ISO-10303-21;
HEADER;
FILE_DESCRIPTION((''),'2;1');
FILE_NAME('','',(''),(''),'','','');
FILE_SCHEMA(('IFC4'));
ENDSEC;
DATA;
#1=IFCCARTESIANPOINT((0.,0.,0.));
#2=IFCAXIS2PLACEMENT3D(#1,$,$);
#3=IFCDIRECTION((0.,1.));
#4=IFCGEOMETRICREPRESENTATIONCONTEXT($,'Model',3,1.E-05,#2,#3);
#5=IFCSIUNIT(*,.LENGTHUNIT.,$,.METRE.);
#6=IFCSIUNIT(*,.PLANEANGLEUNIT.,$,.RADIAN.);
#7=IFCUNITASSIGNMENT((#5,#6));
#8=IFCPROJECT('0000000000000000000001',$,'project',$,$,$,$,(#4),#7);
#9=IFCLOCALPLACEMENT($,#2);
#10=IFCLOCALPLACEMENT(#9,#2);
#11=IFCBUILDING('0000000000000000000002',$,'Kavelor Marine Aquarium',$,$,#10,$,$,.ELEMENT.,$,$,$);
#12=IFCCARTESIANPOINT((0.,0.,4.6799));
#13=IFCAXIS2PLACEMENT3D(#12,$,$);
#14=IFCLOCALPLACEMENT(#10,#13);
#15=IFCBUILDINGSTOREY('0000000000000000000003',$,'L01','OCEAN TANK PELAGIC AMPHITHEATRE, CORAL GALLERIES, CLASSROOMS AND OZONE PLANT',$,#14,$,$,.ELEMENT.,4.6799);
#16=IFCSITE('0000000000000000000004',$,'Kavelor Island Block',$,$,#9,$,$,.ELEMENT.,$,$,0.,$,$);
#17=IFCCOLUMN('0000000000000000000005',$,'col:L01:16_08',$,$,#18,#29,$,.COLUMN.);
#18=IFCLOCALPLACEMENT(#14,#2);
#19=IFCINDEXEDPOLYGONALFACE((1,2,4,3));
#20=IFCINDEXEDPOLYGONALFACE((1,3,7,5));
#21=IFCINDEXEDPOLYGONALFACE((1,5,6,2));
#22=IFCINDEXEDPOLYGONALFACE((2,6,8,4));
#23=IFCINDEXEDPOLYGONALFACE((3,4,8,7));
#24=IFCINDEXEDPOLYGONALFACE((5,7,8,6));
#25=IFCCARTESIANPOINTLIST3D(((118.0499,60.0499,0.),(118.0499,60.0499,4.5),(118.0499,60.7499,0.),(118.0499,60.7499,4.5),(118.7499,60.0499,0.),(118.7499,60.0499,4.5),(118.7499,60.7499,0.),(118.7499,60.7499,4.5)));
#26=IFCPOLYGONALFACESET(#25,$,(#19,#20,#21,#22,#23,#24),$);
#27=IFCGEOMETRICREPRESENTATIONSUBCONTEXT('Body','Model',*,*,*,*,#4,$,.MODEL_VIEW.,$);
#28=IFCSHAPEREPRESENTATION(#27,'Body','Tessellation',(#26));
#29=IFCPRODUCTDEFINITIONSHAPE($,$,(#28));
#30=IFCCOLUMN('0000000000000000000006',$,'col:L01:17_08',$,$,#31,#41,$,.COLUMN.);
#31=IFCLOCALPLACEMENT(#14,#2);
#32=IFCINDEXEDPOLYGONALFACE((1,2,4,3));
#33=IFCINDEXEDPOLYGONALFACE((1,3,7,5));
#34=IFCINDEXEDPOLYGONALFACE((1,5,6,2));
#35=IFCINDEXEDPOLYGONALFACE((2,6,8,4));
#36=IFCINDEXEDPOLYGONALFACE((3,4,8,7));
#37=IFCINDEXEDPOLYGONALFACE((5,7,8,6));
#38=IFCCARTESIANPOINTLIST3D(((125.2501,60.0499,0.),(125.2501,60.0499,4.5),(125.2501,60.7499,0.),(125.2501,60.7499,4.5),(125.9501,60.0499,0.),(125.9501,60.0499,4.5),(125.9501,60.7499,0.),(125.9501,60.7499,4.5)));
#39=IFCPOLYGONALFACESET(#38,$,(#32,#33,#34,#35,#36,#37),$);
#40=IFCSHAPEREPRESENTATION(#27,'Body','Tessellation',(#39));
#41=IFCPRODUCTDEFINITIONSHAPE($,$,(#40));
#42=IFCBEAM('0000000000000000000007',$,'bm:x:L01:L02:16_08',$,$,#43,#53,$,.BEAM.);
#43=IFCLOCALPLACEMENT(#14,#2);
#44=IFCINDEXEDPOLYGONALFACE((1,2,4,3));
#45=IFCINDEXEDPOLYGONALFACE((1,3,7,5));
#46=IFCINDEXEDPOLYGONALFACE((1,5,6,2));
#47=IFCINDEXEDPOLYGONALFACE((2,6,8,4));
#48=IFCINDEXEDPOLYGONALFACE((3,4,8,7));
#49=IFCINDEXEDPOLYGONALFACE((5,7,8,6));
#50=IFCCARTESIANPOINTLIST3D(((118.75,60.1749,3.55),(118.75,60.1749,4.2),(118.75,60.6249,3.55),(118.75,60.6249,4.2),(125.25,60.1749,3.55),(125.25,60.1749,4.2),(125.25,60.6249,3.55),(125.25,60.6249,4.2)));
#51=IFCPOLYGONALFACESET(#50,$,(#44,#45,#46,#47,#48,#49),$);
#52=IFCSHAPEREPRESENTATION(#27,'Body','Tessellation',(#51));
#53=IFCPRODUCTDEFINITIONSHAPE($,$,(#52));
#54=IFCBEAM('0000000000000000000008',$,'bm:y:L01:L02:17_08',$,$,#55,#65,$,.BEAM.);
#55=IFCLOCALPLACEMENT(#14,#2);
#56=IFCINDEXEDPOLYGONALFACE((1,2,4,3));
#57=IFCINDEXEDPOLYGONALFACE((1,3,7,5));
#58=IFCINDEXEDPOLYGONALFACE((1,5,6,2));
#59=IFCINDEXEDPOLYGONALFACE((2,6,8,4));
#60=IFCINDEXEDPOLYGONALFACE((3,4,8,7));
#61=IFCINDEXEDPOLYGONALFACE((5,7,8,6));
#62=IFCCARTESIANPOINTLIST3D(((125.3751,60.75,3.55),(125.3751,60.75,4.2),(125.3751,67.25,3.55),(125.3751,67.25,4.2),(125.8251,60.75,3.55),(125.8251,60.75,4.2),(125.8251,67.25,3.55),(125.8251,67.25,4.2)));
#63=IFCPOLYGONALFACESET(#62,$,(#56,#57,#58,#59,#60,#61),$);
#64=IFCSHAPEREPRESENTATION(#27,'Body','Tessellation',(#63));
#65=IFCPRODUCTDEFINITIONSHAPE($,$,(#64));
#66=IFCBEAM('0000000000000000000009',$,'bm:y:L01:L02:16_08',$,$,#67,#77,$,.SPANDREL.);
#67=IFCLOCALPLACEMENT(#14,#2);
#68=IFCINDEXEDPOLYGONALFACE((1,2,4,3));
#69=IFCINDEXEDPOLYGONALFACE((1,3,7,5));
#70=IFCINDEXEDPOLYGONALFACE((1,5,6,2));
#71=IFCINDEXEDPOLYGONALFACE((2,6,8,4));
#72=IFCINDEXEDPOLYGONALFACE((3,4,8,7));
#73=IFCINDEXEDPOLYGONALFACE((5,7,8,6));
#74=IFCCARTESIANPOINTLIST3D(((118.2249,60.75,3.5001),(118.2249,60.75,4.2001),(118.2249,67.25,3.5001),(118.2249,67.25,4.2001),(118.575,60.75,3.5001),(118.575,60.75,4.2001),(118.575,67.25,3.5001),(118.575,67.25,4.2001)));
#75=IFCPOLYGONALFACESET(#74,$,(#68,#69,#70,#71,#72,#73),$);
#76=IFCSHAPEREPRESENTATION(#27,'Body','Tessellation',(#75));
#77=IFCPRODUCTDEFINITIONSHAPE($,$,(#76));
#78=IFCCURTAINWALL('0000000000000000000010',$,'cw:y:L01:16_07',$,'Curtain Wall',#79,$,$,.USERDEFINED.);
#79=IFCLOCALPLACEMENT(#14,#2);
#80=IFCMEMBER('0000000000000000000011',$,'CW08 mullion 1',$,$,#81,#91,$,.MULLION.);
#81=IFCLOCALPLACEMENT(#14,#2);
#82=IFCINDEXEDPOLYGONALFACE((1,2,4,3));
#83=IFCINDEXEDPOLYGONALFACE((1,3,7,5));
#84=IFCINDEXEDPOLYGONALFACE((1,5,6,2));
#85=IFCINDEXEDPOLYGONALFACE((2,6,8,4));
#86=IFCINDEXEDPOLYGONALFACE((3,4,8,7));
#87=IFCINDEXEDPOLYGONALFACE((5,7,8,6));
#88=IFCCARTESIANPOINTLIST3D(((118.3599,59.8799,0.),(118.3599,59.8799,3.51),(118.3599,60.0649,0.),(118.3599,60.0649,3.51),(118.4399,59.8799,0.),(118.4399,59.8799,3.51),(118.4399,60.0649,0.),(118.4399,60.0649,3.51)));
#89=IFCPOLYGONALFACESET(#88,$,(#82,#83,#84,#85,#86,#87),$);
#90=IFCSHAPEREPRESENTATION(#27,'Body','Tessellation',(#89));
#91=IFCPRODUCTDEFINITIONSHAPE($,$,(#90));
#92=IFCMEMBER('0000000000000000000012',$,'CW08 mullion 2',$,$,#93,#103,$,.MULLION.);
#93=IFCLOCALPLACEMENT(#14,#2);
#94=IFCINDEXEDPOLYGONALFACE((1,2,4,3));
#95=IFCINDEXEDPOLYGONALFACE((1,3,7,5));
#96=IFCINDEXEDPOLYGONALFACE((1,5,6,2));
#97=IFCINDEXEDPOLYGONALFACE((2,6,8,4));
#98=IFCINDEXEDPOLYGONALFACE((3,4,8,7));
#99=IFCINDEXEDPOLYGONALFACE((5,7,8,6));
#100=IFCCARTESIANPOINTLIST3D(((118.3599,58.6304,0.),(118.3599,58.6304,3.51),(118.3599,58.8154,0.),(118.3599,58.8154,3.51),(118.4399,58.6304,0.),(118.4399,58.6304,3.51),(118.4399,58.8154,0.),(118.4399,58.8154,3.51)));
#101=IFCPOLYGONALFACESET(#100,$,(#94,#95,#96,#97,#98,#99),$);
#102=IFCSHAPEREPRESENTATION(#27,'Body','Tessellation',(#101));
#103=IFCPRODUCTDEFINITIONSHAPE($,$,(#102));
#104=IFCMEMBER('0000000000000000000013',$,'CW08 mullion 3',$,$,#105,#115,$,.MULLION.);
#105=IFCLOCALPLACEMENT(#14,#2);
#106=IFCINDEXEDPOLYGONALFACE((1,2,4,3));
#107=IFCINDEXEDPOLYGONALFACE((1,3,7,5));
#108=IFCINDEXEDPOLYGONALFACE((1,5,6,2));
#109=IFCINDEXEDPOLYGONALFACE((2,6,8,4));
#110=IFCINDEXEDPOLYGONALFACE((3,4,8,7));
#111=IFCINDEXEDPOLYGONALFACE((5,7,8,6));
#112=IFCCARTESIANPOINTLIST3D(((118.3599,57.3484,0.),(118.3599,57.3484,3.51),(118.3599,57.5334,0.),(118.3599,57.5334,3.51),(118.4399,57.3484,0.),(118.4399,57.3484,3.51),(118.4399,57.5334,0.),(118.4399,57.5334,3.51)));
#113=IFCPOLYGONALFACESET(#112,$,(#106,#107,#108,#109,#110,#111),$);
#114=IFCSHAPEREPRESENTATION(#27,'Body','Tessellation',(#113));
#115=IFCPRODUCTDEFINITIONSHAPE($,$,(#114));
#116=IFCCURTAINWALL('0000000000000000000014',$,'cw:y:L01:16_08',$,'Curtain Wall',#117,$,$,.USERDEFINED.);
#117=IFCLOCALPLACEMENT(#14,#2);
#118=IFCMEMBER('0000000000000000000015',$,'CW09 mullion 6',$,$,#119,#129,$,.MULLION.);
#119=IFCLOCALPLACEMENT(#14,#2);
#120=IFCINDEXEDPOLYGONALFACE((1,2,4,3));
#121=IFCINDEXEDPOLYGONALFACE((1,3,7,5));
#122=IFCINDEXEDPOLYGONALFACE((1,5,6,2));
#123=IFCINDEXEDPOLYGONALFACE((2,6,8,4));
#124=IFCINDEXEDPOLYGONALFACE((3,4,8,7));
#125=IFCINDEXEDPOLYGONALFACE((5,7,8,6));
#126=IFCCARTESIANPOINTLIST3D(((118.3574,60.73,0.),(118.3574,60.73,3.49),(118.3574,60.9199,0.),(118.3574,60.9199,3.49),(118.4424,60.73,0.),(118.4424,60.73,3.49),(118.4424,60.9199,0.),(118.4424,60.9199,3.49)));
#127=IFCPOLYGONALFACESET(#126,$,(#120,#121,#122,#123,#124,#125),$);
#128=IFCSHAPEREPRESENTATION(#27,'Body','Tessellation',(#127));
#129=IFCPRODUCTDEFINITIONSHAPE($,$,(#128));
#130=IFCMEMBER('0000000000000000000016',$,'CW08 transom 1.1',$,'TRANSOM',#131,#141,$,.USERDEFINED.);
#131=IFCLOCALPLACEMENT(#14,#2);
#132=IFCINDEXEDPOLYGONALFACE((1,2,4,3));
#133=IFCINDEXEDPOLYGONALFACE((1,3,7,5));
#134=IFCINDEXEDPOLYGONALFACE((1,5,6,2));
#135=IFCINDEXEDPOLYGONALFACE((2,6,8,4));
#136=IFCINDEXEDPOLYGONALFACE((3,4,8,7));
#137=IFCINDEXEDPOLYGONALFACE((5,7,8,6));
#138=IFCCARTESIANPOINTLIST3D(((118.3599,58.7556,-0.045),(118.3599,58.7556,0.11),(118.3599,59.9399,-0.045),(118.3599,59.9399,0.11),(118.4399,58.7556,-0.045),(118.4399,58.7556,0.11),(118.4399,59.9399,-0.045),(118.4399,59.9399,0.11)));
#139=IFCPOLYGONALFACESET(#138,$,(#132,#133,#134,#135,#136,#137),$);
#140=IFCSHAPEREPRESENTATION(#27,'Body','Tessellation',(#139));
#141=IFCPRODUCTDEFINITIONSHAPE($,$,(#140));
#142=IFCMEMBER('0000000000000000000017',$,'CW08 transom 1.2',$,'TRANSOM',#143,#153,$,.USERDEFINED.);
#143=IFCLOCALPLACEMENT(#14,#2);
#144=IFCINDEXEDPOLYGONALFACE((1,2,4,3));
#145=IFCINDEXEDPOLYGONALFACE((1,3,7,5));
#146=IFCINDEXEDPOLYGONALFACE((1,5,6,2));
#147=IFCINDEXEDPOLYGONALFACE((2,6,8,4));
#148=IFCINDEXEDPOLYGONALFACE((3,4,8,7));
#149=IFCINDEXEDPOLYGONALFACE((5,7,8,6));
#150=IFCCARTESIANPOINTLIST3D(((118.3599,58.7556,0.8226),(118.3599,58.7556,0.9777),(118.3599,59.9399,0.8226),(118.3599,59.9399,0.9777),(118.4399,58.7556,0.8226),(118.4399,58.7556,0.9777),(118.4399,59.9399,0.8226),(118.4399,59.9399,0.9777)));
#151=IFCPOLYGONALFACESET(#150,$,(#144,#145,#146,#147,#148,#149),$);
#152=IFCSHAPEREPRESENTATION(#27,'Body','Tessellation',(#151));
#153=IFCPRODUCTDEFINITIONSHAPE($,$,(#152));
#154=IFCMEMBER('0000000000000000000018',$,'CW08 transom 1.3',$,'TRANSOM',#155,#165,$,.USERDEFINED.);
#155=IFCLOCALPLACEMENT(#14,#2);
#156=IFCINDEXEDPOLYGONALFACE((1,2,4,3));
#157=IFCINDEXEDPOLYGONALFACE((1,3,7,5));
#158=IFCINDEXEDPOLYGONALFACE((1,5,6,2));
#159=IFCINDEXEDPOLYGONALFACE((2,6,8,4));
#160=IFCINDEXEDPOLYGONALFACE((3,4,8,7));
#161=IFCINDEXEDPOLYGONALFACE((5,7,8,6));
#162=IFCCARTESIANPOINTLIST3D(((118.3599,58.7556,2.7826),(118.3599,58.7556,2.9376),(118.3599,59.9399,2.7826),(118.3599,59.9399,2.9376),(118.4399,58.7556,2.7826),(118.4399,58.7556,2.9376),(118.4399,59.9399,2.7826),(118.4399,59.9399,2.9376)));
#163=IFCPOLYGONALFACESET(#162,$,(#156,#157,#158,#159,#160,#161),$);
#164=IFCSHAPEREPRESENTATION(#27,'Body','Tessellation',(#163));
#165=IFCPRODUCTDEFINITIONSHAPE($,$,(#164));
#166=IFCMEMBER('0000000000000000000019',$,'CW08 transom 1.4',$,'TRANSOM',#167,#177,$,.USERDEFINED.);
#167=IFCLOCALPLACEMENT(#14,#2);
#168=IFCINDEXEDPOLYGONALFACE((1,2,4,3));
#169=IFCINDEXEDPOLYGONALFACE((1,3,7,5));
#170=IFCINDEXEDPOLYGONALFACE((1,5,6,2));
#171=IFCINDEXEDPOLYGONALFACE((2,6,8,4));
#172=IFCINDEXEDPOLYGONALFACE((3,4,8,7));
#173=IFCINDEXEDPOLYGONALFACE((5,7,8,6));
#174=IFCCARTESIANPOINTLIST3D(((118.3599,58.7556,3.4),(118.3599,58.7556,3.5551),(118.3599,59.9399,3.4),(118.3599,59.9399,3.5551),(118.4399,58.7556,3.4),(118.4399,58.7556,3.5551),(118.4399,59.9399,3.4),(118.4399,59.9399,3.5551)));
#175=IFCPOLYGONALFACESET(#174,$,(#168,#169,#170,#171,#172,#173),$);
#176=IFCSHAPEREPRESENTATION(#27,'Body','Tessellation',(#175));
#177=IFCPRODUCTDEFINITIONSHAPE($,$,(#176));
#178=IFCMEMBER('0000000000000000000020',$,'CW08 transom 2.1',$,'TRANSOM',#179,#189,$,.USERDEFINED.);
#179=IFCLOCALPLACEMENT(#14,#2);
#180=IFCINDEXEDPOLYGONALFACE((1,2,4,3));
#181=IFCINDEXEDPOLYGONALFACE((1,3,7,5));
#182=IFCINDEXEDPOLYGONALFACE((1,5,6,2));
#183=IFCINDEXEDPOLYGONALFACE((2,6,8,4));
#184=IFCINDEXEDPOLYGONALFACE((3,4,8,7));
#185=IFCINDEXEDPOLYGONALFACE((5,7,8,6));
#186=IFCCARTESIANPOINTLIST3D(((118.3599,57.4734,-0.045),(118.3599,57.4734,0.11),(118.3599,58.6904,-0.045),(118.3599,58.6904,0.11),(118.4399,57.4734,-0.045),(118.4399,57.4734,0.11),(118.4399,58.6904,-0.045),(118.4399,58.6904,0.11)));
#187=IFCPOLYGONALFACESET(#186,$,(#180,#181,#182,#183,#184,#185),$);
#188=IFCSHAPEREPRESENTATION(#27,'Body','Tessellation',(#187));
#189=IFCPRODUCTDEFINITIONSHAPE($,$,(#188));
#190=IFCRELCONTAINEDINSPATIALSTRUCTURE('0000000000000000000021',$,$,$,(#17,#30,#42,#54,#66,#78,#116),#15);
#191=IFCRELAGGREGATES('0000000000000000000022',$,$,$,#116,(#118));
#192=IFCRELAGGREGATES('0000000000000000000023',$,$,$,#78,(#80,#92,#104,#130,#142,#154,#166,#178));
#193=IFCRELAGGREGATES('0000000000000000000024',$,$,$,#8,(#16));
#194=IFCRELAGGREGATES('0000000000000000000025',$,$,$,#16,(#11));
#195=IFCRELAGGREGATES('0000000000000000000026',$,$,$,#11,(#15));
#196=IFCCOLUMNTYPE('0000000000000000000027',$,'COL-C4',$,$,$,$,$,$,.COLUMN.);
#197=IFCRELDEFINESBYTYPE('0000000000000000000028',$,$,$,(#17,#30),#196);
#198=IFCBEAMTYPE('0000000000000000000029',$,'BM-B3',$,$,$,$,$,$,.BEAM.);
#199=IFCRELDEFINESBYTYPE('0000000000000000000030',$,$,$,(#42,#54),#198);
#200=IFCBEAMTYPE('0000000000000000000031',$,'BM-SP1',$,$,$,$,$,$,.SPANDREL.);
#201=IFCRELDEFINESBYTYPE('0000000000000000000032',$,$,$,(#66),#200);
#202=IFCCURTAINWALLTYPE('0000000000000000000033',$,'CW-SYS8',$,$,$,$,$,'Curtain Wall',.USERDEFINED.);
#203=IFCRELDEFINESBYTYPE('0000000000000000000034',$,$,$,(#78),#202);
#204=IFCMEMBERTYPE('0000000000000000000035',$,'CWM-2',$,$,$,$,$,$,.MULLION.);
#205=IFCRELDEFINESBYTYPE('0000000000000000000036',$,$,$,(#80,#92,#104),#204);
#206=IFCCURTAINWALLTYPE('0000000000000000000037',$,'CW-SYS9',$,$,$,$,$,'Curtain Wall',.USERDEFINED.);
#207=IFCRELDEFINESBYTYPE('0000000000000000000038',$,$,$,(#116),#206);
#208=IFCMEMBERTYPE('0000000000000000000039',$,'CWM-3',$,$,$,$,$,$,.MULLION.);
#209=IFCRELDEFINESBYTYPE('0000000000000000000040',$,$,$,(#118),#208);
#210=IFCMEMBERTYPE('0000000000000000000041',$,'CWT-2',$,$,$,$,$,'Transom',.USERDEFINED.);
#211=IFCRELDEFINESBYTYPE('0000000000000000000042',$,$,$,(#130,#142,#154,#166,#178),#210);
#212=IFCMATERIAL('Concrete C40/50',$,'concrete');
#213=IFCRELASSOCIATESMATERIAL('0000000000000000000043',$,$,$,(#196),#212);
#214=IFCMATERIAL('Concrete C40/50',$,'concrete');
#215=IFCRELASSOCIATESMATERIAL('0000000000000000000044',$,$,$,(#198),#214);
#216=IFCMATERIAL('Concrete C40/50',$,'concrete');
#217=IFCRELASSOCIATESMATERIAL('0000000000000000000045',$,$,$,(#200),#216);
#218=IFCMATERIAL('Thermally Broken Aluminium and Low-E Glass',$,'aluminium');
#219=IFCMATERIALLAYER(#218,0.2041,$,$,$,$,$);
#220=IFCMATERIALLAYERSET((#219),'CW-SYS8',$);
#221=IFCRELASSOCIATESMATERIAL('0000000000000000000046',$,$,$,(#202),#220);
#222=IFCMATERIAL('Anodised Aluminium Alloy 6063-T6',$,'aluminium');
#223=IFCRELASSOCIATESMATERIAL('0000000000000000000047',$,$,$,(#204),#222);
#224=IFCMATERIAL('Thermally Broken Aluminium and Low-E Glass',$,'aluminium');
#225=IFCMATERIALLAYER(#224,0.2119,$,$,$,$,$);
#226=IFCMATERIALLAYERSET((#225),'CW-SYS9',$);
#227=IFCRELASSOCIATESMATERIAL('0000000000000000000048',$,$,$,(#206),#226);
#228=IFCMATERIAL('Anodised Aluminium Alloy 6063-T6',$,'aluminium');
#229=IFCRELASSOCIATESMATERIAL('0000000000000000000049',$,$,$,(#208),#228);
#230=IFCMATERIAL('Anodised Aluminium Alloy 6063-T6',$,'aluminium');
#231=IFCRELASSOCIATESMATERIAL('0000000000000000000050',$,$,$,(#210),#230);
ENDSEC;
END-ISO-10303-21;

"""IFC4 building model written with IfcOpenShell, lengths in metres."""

from ifc_helpers import new_model, si_unit, direction, frame, origin, origin_2d, place, context, subcontext, project, spatial, rectangle, extrude, material, layer, layer_set, material_profile, profile_set, type_object, element, aggregate, save


model = new_model("IFC4")

# Units and contexts
model_context = context("Model", 3, precision=1e-05, world=origin(), true_north=direction((0.0, 1.0)))
body_context = subcontext(model_context, "Body", "Model", "MODEL_VIEW")
ifc_project = project(units=[si_unit("LENGTHUNIT", "METRE"), si_unit("PLANEANGLEUNIT", "RADIAN")], contexts=[model_context])

# Site, building, storey
site_placement = place(None, origin())
site = spatial("IfcSite", under=ifc_project, at=site_placement, Name="Kavelor Island Block", CompositionType="ELEMENT", RefElevation=0.0)
building_placement = place(site_placement, origin())
building = spatial("IfcBuilding", under=site, at=building_placement, Name="Kavelor Marine Aquarium", CompositionType="ELEMENT")
storey_placement = place(building_placement, frame((0.0, 0.0, 4.6799)))
storey = spatial("IfcBuildingStorey", under=building, at=storey_placement, Name="L01", Description="OCEAN TANK PELAGIC AMPHITHEATRE, CORAL GALLERIES, CLASSROOMS AND OZONE PLANT", CompositionType="ELEMENT", Elevation=4.6799)

# Columns
ifc_material_1 = material(Name="Concrete C40/50", Category="concrete")
ifc_material_profile_1 = material_profile(ifc_material_1, rectangle(XDim=0.7, YDim=0.7, at=origin_2d()), Name="RC-COL 700x700")
ifc_profile_set_1 = profile_set([ifc_material_profile_1], Name="Concrete C40/50")
column_type = type_object("IfcColumnType", Name="COL-C4", PredefinedType="COLUMN", material=ifc_profile_set_1)
for number, where, z_axis, x_axis, name in (
    (1, (118.3999, 60.3999, 0.0), (0.0, 0.0, 1.0), (1.0, 0.0, 0.0), "col:L01:16_08"),
    (2, (125.6001, 60.3999, 0.0), (0.0, 0.0, 1.0), (1.0, 0.0, 0.0), "col:L01:17_08"),
):
    element("IfcColumn", number, at=place(storey_placement, frame(where, z_axis=z_axis, x_axis=x_axis)), inside=storey, type_object=column_type, Name=name, PredefinedType="COLUMN", context=body_context, shape_type="SweptSolid", body=[
        extrude(rectangle(XDim=0.7, YDim=0.7, at=origin_2d()), origin(), (0.0, 0.0, 1.0), 4.5),
    ])

# Beams
ifc_material_2 = material(Name="Concrete C40/50", Category="concrete")
ifc_material_profile_2 = material_profile(ifc_material_2, rectangle(XDim=0.45, YDim=0.6499, at=origin_2d()), Name="RC-BM 450x650")
ifc_profile_set_2 = profile_set([ifc_material_profile_2], Name="Concrete C40/50")
beam_type_1 = type_object("IfcBeamType", Name="BM-B3", PredefinedType="BEAM", material=ifc_profile_set_2)
for number, where, z_axis, x_axis, name in (
    (3, (118.75, 60.3999, 3.875), (1.0, 0.0, 0.0), (0.0, 1.0, 0.0), "bm:x:L01:L02:16_08"),
    (4, (125.6001, 60.75, 3.875), (0.0, 1.0, 0.0), (-1.0, 0.0, 0.0), "bm:y:L01:L02:17_08"),
):
    element("IfcBeam", number, at=place(storey_placement, frame(where, z_axis=z_axis, x_axis=x_axis)), inside=storey, type_object=beam_type_1, Name=name, PredefinedType="BEAM", context=body_context, shape_type="SweptSolid", body=[
        extrude(rectangle(XDim=0.45, YDim=0.6499, at=origin_2d()), origin(), (0.0, 0.0, 1.0), 6.5),
    ])
ifc_material_3 = material(Name="Concrete C40/50", Category="concrete")
ifc_material_profile_3 = material_profile(ifc_material_3, rectangle(XDim=0.3501, YDim=0.7, at=origin_2d()), Name="RC-SP 350x700")
ifc_profile_set_3 = profile_set([ifc_material_profile_3], Name="Concrete C40/50")
beam_type_2 = type_object("IfcBeamType", Name="BM-SP1", PredefinedType="SPANDREL", material=ifc_profile_set_3)
beam_placement = place(storey_placement, frame((118.3999, 60.75, 3.8501), z_axis=(0.0, 1.0, 0.0), x_axis=(-1.0, 0.0, 0.0)))
element("IfcBeam", 5, at=beam_placement, inside=storey, type_object=beam_type_2, Name="bm:y:L01:L02:16_08", PredefinedType="SPANDREL", context=body_context, shape_type="SweptSolid", body=[
    extrude(rectangle(XDim=0.3501, YDim=0.7, at=origin_2d()), origin(), (0.0, 0.0, 1.0), 6.5),
])

# Curtain wall, members
ifc_material_4 = material(Name="Thermally Broken Aluminium and Low-E Glass", Category="aluminium")
ifc_layer_1 = layer(ifc_material_4, 0.2041)
ifc_layer_set_1 = layer_set([ifc_layer_1], Name="CW-SYS8")
curtain_wall_type_1 = type_object("IfcCurtainWallType", Name="CW-SYS8", ElementType="Curtain Wall", PredefinedType="USERDEFINED", material=ifc_layer_set_1)
curtain_wall_1_placement = place(storey_placement, origin())
curtain_wall_1 = element("IfcCurtainWall", 6, at=curtain_wall_1_placement, inside=storey, type_object=curtain_wall_type_1, Name="cw:y:L01:16_07", ObjectType="Curtain Wall", PredefinedType="USERDEFINED")
ifc_material_5 = material(Name="Anodised Aluminium Alloy 6063-T6", Category="aluminium")
ifc_material_profile_4 = material_profile(ifc_material_5, rectangle(XDim=0.0801, YDim=0.1851, at=origin_2d()), Name="CW-MUL 80x185")
ifc_profile_set_4 = profile_set([ifc_material_profile_4], Name="Anodised Aluminium Alloy 6063-T6")
member_type_1 = type_object("IfcMemberType", Name="CWM-2", PredefinedType="MULLION", material=ifc_profile_set_4)
member_1_placement = place(storey_placement, frame((118.3999, 59.9724, 0.0), z_axis=(0.0, 0.0, 1.0), x_axis=(1.0, 0.0, 0.0)))
member_1 = element("IfcMember", 7, at=member_1_placement, type_object=member_type_1, Name="CW08 mullion 1", PredefinedType="MULLION", context=body_context, shape_type="SweptSolid", body=[
    extrude(rectangle(XDim=0.0801, YDim=0.1851, at=origin_2d()), origin(), (0.0, 0.0, 1.0), 3.51),
])
member_2_placement = place(storey_placement, frame((118.3999, 58.7229, 0.0), z_axis=(0.0, 0.0, 1.0), x_axis=(1.0, 0.0, 0.0)))
member_2 = element("IfcMember", 8, at=member_2_placement, type_object=member_type_1, Name="CW08 mullion 2", PredefinedType="MULLION", context=body_context, shape_type="SweptSolid", body=[
    extrude(rectangle(XDim=0.0801, YDim=0.1851, at=origin_2d()), origin(), (0.0, 0.0, 1.0), 3.51),
])
member_3_placement = place(storey_placement, frame((118.3999, 57.4409, 0.0), z_axis=(0.0, 0.0, 1.0), x_axis=(1.0, 0.0, 0.0)))
member_3 = element("IfcMember", 9, at=member_3_placement, type_object=member_type_1, Name="CW08 mullion 3", PredefinedType="MULLION", context=body_context, shape_type="SweptSolid", body=[
    extrude(rectangle(XDim=0.0801, YDim=0.1851, at=origin_2d()), origin(), (0.0, 0.0, 1.0), 3.51),
])

# Curtain wall, member
ifc_material_6 = material(Name="Thermally Broken Aluminium and Low-E Glass", Category="aluminium")
ifc_layer_2 = layer(ifc_material_6, 0.2119)
ifc_layer_set_2 = layer_set([ifc_layer_2], Name="CW-SYS9")
curtain_wall_type_2 = type_object("IfcCurtainWallType", Name="CW-SYS9", ElementType="Curtain Wall", PredefinedType="USERDEFINED", material=ifc_layer_set_2)
curtain_wall_2_placement = place(storey_placement, origin())
curtain_wall_2 = element("IfcCurtainWall", 10, at=curtain_wall_2_placement, inside=storey, type_object=curtain_wall_type_2, Name="cw:y:L01:16_08", ObjectType="Curtain Wall", PredefinedType="USERDEFINED")
ifc_material_7 = material(Name="Anodised Aluminium Alloy 6063-T6", Category="aluminium")
ifc_material_profile_5 = material_profile(ifc_material_7, rectangle(XDim=0.085, YDim=0.1899, at=origin_2d()), Name="CW-MUL 85x190")
ifc_profile_set_5 = profile_set([ifc_material_profile_5], Name="Anodised Aluminium Alloy 6063-T6")
member_type_2 = type_object("IfcMemberType", Name="CWM-3", PredefinedType="MULLION", material=ifc_profile_set_5)
member_4_placement = place(storey_placement, frame((118.3999, 60.825, 0.0), z_axis=(0.0, 0.0, 1.0), x_axis=(1.0, 0.0, 0.0)))
member_4 = element("IfcMember", 11, at=member_4_placement, type_object=member_type_2, Name="CW09 mullion 6", PredefinedType="MULLION", context=body_context, shape_type="SweptSolid", body=[
    extrude(rectangle(XDim=0.085, YDim=0.1899, at=origin_2d()), origin(), (0.0, 0.0, 1.0), 3.49),
])
aggregate(curtain_wall_2, [member_4])

# Members
ifc_material_8 = material(Name="Anodised Aluminium Alloy 6063-T6", Category="aluminium")
ifc_material_profile_6 = material_profile(ifc_material_8, rectangle(XDim=0.0801, YDim=0.155, at=origin_2d()), Name="CW-TRN 80x155")
ifc_profile_set_6 = profile_set([ifc_material_profile_6], Name="Anodised Aluminium Alloy 6063-T6")
member_type_3 = type_object("IfcMemberType", Name="CWT-2", ElementType="Transom", PredefinedType="USERDEFINED", material=ifc_profile_set_6)
member_5_placement = place(storey_placement, frame((118.3999, 59.9399, 0.0325), z_axis=(0.0, -1.0, 0.0), x_axis=(1.0, 0.0, 0.0)))
member_5 = element("IfcMember", 12, at=member_5_placement, type_object=member_type_3, Name="CW08 transom 1.1", ObjectType="TRANSOM", PredefinedType="USERDEFINED", context=body_context, shape_type="SweptSolid", body=[
    extrude(rectangle(XDim=0.0801, YDim=0.155, at=origin_2d()), origin(), (0.0, 0.0, 1.0), 1.1843),
])
member_6_placement = place(storey_placement, frame((118.3999, 59.9399, 0.9001), z_axis=(0.0, -1.0, 0.0), x_axis=(1.0, 0.0, 0.0)))
member_6 = element("IfcMember", 13, at=member_6_placement, type_object=member_type_3, Name="CW08 transom 1.2", ObjectType="TRANSOM", PredefinedType="USERDEFINED", context=body_context, shape_type="SweptSolid", body=[
    extrude(rectangle(XDim=0.0801, YDim=0.155, at=origin_2d()), origin(), (0.0, 0.0, 1.0), 1.1843),
])
member_7_placement = place(storey_placement, frame((118.3999, 59.9399, 2.8601), z_axis=(0.0, -1.0, 0.0), x_axis=(1.0, 0.0, 0.0)))
member_7 = element("IfcMember", 14, at=member_7_placement, type_object=member_type_3, Name="CW08 transom 1.3", ObjectType="TRANSOM", PredefinedType="USERDEFINED", context=body_context, shape_type="SweptSolid", body=[
    extrude(rectangle(XDim=0.0801, YDim=0.155, at=origin_2d()), origin(), (0.0, 0.0, 1.0), 1.1843),
])
member_8_placement = place(storey_placement, frame((118.3999, 59.9399, 3.4775), z_axis=(0.0, -1.0, 0.0), x_axis=(1.0, 0.0, 0.0)))
member_8 = element("IfcMember", 15, at=member_8_placement, type_object=member_type_3, Name="CW08 transom 1.4", ObjectType="TRANSOM", PredefinedType="USERDEFINED", context=body_context, shape_type="SweptSolid", body=[
    extrude(rectangle(XDim=0.0801, YDim=0.155, at=origin_2d()), origin(), (0.0, 0.0, 1.0), 1.1843),
])
member_9_placement = place(storey_placement, frame((118.3999, 58.6904, 0.0325), z_axis=(0.0, -1.0, 0.0), x_axis=(1.0, 0.0, 0.0)))
member_9 = element("IfcMember", 16, at=member_9_placement, type_object=member_type_3, Name="CW08 transom 2.1", ObjectType="TRANSOM", PredefinedType="USERDEFINED", context=body_context, shape_type="SweptSolid", body=[
    extrude(rectangle(XDim=0.0801, YDim=0.155, at=origin_2d()), origin(), (0.0, 0.0, 1.0), 1.217),
])

aggregate(curtain_wall_1, [member_1, member_2, member_3, member_5, member_6, member_7, member_8, member_9])

save(model, "model.ifc")
